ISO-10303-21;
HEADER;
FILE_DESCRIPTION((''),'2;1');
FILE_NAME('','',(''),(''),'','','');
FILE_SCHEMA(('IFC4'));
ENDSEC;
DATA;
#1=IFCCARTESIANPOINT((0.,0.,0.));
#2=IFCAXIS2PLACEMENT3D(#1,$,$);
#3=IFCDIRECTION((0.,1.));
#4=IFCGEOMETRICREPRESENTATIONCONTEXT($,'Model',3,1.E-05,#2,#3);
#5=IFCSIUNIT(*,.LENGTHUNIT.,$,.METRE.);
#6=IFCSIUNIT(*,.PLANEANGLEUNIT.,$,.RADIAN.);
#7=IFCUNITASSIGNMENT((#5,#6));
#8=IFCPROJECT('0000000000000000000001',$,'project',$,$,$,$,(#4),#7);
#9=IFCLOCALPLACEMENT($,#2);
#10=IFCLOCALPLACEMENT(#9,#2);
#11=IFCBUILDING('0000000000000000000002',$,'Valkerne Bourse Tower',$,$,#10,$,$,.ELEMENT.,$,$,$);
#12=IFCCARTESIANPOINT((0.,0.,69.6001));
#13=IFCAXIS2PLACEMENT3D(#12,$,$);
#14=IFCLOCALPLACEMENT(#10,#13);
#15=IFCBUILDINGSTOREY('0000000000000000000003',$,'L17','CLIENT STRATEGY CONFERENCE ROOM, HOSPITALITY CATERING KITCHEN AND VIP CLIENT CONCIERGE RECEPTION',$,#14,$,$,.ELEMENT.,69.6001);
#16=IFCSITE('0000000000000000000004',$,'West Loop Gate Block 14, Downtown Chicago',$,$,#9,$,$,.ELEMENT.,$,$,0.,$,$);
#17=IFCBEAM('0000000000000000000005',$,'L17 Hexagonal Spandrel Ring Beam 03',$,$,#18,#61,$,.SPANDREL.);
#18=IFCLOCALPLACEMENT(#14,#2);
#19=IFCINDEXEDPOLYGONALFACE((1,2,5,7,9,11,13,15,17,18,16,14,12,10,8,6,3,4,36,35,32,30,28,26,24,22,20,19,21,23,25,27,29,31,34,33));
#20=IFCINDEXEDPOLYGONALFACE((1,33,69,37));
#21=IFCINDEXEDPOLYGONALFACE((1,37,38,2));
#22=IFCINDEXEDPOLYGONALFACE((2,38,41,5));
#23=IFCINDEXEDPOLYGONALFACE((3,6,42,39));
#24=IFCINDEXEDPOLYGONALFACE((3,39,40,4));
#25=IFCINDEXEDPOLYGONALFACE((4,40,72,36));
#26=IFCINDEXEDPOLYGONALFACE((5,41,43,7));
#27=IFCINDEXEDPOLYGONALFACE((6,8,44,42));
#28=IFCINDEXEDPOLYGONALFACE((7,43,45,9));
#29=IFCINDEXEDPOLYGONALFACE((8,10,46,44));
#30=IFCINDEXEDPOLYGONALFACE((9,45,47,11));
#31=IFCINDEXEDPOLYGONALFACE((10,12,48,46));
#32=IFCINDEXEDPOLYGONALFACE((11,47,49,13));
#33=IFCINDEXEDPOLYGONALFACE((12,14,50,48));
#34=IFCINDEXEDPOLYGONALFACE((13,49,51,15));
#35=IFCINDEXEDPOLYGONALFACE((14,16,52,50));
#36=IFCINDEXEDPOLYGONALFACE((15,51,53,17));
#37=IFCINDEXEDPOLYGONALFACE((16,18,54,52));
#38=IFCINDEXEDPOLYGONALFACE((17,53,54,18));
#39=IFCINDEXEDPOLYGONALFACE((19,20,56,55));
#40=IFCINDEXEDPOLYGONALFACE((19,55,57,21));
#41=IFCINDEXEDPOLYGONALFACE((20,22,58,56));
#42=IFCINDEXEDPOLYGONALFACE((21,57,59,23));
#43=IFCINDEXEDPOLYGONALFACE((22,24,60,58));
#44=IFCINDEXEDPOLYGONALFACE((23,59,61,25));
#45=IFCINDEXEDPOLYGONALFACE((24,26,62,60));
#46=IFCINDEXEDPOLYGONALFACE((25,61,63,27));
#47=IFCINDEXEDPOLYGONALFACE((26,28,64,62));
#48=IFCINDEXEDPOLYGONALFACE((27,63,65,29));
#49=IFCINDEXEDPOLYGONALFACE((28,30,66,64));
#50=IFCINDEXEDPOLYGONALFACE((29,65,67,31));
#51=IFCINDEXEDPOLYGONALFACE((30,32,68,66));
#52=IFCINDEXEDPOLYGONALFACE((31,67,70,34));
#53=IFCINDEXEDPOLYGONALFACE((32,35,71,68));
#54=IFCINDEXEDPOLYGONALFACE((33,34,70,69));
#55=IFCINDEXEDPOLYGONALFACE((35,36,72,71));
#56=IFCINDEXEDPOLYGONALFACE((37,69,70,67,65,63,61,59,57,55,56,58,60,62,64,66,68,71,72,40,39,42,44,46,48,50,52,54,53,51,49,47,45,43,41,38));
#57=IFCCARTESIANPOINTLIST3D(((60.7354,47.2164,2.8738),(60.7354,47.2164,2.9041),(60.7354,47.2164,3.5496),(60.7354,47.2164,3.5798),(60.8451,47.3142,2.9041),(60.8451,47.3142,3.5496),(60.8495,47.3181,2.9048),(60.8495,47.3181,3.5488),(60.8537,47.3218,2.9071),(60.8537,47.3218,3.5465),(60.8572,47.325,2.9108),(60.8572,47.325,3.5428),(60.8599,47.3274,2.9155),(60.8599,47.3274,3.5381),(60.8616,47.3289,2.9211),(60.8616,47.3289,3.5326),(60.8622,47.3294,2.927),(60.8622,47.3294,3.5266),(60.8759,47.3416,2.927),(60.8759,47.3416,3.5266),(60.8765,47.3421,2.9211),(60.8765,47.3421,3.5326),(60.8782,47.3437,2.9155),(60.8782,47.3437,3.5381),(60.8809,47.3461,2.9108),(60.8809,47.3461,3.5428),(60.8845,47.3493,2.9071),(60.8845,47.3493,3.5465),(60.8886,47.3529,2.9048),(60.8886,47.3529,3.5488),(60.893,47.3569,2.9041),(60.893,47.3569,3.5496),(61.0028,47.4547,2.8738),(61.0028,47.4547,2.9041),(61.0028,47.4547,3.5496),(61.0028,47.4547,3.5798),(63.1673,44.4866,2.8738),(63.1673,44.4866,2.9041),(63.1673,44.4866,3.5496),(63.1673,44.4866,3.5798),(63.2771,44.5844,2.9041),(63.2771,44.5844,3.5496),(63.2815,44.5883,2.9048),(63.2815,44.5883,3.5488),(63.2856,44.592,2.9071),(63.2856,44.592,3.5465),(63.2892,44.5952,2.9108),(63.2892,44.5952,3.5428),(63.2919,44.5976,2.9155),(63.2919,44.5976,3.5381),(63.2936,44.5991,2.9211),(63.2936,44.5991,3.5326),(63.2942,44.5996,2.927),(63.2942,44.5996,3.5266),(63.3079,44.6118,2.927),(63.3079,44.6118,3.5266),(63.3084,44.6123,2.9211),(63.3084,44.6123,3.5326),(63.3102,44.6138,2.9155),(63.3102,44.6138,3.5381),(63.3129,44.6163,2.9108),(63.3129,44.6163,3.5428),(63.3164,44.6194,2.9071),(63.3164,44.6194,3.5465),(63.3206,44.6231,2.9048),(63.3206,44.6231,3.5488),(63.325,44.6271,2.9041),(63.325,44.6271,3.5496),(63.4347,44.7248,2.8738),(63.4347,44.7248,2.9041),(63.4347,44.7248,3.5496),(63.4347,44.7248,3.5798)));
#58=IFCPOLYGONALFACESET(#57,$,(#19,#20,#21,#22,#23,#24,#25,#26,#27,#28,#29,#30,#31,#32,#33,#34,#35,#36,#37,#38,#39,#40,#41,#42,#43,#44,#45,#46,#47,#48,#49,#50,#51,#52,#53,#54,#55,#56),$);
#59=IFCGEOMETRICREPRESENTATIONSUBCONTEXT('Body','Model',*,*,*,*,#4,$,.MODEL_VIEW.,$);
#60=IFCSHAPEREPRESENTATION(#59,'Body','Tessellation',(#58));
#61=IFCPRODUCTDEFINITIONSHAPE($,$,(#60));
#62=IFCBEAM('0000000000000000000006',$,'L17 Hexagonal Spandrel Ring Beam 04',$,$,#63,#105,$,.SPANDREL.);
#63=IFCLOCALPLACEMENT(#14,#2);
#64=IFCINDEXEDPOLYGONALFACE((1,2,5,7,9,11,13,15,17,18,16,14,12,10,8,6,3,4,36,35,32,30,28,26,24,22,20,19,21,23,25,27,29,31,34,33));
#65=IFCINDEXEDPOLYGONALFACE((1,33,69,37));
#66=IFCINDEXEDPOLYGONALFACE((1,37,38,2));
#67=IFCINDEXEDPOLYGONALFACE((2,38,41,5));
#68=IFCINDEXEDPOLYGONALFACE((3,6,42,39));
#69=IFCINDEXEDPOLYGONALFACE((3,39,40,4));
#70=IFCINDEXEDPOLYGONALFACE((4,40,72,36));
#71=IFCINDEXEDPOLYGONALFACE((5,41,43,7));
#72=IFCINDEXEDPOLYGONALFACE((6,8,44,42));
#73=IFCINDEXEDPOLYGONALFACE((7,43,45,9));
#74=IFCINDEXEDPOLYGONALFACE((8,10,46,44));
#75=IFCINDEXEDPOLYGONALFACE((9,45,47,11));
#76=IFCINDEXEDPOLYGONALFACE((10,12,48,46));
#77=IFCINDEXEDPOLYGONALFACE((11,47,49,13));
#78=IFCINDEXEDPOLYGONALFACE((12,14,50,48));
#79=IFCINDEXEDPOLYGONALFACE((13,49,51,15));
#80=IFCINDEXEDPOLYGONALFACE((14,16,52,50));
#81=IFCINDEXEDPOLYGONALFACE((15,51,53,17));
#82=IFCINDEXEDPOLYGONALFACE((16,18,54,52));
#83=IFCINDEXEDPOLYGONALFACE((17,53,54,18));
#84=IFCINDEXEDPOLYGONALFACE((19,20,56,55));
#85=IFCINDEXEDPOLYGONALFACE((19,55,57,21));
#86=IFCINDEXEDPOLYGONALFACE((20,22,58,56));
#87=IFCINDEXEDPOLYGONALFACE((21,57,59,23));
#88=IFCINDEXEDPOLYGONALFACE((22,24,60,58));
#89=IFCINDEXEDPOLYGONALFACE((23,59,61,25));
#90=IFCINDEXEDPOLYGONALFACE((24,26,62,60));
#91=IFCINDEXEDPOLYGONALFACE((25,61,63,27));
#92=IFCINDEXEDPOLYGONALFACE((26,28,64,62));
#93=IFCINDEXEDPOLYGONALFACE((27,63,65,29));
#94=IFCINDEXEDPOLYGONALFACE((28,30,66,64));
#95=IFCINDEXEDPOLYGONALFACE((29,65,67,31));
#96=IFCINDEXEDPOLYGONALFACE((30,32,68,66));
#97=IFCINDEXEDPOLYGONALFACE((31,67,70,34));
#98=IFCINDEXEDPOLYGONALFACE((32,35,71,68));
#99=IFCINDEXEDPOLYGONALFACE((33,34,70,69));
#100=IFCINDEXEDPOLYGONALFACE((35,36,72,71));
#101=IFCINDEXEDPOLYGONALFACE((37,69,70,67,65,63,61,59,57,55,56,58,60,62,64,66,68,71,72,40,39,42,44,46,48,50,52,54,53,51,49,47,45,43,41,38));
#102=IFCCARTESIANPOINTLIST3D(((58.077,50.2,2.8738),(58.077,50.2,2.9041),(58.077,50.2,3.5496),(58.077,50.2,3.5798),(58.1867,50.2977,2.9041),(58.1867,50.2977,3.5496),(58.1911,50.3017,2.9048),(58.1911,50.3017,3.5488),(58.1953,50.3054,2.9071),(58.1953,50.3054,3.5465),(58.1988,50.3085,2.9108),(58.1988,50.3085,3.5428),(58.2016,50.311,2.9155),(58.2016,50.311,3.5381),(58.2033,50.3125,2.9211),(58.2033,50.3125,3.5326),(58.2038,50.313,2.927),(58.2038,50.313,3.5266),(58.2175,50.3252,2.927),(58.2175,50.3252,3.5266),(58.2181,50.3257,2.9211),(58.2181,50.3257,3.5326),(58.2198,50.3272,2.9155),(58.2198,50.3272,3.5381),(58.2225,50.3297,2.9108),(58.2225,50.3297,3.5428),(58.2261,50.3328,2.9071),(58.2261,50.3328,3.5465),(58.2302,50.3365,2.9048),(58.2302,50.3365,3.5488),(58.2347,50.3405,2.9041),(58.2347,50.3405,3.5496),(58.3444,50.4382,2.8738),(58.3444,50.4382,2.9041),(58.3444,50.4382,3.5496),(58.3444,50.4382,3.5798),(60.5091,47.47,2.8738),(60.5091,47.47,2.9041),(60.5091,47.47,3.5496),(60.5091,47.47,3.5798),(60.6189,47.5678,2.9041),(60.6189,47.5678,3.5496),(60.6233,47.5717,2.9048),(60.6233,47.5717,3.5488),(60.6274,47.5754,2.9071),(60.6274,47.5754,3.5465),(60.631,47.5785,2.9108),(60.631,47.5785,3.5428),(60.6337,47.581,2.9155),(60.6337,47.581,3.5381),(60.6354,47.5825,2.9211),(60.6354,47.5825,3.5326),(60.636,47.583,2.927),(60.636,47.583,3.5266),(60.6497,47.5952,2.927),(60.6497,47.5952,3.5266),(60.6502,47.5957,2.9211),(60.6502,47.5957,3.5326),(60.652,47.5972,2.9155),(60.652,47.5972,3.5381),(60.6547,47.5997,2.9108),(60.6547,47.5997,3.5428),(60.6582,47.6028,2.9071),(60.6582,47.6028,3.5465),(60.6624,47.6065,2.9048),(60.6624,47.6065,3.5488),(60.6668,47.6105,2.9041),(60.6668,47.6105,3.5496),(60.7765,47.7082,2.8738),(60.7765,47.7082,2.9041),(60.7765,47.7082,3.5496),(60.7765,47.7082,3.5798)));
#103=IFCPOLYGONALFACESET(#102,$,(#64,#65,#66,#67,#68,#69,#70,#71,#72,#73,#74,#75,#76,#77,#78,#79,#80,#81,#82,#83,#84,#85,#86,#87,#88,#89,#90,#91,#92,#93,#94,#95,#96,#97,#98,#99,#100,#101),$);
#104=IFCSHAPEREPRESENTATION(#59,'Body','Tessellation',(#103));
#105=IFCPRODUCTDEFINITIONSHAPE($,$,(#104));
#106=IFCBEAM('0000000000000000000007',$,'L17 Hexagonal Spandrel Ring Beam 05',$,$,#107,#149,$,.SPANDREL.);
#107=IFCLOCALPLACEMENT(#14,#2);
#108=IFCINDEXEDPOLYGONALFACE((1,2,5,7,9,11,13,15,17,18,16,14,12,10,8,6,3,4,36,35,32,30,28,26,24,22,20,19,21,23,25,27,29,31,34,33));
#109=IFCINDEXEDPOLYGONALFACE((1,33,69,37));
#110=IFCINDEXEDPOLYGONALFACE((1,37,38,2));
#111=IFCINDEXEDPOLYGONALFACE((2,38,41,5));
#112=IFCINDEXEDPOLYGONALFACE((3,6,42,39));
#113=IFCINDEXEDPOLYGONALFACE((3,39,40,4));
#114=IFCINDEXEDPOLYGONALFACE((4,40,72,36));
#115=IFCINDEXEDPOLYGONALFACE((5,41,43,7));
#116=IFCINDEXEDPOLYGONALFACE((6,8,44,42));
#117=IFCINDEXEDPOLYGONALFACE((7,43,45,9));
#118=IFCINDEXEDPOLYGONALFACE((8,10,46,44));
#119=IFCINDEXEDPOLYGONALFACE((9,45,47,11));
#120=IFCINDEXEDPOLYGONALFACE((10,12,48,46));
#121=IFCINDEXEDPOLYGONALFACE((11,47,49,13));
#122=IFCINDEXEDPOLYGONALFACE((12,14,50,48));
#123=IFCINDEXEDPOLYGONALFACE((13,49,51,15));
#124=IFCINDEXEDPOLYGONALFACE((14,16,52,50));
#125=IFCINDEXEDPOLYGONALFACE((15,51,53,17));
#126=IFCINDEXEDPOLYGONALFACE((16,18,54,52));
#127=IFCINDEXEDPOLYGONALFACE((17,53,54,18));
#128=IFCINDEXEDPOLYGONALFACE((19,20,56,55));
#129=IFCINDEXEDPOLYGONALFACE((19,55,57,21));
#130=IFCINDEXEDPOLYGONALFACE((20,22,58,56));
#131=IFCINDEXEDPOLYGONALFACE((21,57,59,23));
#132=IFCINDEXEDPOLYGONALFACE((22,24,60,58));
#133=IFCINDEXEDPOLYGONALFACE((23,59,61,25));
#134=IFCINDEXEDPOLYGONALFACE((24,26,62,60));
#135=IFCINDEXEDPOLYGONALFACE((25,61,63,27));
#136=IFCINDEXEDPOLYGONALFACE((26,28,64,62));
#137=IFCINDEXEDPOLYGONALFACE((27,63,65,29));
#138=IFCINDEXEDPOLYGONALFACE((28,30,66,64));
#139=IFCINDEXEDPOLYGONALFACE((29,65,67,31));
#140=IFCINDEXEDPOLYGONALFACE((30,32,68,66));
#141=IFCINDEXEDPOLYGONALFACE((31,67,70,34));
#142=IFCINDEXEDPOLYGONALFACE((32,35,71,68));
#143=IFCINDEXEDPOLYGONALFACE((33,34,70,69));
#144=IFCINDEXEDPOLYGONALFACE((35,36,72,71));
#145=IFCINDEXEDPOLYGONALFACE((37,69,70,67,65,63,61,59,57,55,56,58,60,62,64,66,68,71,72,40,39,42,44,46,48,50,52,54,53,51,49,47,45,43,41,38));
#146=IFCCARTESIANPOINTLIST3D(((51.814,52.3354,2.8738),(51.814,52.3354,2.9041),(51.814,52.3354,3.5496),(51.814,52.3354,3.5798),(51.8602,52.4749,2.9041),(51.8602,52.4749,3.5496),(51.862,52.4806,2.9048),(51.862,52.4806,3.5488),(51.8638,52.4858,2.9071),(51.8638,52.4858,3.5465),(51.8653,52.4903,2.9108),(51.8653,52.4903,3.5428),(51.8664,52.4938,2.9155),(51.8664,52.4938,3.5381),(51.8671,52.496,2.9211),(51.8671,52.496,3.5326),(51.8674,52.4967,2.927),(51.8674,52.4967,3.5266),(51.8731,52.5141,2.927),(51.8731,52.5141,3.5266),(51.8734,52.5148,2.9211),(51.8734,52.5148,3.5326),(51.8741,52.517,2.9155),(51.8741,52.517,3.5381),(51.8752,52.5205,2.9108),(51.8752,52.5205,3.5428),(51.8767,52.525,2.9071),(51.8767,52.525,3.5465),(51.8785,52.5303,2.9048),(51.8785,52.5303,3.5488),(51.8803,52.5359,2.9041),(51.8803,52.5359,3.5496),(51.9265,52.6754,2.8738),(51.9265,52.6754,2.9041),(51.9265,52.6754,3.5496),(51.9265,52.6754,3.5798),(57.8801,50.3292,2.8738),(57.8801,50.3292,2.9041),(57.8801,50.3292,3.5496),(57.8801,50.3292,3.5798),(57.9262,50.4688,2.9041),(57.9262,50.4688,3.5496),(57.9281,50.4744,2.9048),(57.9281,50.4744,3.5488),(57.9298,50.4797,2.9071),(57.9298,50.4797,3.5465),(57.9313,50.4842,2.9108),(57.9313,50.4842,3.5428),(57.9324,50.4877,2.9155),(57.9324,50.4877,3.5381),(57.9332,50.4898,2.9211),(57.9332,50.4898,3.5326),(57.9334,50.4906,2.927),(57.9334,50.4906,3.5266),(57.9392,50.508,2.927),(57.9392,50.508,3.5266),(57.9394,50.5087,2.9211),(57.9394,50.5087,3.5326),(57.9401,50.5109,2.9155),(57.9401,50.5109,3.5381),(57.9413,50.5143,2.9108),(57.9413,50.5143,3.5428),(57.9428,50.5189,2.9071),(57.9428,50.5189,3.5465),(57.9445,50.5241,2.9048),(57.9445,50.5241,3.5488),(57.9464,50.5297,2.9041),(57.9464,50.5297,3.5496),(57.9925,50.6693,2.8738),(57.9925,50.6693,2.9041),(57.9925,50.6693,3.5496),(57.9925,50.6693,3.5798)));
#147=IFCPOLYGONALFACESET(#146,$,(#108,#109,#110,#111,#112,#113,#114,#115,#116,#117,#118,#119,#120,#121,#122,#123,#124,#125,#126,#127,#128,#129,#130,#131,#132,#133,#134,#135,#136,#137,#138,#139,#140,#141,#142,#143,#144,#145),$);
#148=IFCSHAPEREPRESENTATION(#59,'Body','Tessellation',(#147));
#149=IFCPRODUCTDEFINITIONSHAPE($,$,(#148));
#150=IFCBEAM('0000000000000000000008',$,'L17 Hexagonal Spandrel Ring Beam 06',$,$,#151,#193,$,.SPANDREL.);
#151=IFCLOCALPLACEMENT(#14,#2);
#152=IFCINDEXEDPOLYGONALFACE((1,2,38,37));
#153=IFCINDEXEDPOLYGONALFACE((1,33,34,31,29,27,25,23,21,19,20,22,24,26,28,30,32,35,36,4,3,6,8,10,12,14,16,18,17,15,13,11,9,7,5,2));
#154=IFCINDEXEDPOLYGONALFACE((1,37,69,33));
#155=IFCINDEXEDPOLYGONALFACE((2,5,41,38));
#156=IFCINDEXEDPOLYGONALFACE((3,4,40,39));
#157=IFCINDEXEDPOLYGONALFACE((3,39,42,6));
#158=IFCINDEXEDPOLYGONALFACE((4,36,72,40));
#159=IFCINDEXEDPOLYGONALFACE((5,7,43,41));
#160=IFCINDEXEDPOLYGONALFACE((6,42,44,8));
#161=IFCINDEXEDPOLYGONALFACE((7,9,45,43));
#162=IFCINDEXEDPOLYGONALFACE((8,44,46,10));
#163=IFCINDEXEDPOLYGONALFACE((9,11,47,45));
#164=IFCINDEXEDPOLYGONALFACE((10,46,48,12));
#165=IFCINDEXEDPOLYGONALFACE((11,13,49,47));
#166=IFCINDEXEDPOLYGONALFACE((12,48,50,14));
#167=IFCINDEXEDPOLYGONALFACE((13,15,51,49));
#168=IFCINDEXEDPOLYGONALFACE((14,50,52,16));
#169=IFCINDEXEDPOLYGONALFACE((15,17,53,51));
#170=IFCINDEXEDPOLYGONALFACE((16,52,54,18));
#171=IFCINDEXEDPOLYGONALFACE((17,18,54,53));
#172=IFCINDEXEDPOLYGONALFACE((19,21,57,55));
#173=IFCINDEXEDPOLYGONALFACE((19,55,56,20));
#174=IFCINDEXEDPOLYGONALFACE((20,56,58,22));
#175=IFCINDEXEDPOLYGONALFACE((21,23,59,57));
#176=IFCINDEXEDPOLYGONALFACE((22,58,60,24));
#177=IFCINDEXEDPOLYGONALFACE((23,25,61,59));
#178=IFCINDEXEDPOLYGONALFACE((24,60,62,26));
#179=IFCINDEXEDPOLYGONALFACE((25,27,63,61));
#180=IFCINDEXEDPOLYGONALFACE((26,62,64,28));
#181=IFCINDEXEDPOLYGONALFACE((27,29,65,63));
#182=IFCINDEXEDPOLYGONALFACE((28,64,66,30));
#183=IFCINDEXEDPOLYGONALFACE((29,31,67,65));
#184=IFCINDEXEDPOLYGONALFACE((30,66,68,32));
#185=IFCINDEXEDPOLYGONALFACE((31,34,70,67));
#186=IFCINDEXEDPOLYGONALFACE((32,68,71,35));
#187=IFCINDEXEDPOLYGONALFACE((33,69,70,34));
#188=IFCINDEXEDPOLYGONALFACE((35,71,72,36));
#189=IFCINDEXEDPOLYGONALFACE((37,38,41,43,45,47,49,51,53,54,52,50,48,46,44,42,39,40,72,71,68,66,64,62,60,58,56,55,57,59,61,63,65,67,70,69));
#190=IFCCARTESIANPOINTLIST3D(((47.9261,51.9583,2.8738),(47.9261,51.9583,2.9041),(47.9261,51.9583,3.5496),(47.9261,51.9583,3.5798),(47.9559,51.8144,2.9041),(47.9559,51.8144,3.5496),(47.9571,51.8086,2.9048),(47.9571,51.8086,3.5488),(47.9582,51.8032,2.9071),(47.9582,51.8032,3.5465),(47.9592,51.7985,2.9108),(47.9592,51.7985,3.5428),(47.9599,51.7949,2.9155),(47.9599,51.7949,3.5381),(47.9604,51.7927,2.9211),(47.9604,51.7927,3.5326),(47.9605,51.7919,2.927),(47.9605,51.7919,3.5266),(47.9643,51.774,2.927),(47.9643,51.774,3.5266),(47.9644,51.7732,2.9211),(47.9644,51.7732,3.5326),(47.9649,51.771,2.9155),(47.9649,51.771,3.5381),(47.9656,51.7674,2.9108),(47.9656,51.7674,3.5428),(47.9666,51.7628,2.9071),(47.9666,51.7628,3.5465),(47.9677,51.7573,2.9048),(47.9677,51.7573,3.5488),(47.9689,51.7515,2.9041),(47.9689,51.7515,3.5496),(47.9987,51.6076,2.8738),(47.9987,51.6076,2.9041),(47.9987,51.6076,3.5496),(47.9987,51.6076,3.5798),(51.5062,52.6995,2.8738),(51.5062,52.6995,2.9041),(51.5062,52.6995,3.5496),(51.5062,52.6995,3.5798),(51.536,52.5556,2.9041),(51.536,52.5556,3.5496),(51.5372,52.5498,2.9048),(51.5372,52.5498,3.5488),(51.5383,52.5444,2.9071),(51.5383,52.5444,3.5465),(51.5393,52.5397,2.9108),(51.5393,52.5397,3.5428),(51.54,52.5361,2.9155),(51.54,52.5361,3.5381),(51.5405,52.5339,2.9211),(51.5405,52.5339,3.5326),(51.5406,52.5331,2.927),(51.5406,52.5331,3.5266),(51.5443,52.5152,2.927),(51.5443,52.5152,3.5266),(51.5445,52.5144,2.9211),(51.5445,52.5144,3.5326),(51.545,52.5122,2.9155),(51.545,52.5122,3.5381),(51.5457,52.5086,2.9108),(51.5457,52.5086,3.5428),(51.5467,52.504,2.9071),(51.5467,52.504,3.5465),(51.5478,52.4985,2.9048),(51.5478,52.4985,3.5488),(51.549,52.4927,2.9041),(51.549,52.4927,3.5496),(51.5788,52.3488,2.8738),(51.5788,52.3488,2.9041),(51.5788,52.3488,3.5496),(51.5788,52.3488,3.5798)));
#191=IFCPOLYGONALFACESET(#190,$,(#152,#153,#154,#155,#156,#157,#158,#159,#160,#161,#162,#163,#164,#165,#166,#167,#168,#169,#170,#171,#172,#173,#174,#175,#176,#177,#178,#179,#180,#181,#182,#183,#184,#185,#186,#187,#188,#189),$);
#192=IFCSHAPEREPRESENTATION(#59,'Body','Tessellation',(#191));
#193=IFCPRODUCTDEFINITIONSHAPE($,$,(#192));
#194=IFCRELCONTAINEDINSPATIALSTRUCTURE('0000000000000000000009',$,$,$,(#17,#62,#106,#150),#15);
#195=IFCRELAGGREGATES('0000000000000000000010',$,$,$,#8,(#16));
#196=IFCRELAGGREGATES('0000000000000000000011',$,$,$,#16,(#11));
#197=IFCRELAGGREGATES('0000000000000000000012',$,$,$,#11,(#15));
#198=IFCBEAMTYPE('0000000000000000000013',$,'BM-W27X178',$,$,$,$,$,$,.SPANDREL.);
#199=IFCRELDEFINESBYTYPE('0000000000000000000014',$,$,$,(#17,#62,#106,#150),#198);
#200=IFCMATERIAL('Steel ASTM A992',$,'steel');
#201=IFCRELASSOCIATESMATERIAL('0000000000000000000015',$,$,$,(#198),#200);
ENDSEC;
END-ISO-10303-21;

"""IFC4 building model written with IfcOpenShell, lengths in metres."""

from ifc_helpers import new_model, si_unit, direction, frame, origin, origin_2d, place, context, subcontext, project, spatial, i_section, extrude, material, material_profile, profile_set, type_object, element, save


model = new_model("IFC4")

# Units and contexts
model_context = context("Model", 3, precision=1e-05, world=origin(), true_north=direction((0.0, 1.0)))
body_context = subcontext(model_context, "Body", "Model", "MODEL_VIEW")
ifc_project = project(units=[si_unit("LENGTHUNIT", "METRE"), si_unit("PLANEANGLEUNIT", "RADIAN")], contexts=[model_context])

# Site, building, storey
site_placement = place(None, origin())
site = spatial("IfcSite", under=ifc_project, at=site_placement, Name="West Loop Gate Block 14, Downtown Chicago", CompositionType="ELEMENT", RefElevation=0.0)
building_placement = place(site_placement, origin())
building = spatial("IfcBuilding", under=site, at=building_placement, Name="Valkerne Bourse Tower", CompositionType="ELEMENT")
storey_placement = place(building_placement, frame((0.0, 0.0, 69.6001)))
storey = spatial("IfcBuildingStorey", under=building, at=storey_placement, Name="L17", Description="CLIENT STRATEGY CONFERENCE ROOM, HOSPITALITY CATERING KITCHEN AND VIP CLIENT CONCIERGE RECEPTION", CompositionType="ELEMENT", Elevation=69.6001)

# Beams
ifc_material_1 = material(Name="Steel ASTM A992", Category="steel")
ifc_material_profile_1 = material_profile(ifc_material_1, i_section(OverallWidth=0.3582, OverallDepth=0.7061, WebThickness=0.0183, FlangeThickness=0.0303, FilletRadius=0.0229, at=origin_2d()), Name="W27X178")
ifc_profile_set_1 = profile_set([ifc_material_profile_1], Name="Steel ASTM A992")
beam_type = type_object("IfcBeamType", Name="BM-W27X178", PredefinedType="SPANDREL", material=ifc_profile_set_1)
for number, where, z_axis, x_axis, name in (
    (1, (63.301, 44.6057, 3.2268), (-0.665197, 0.746668, 0.0), (-0.746668, -0.665197, 0.0), "L17 Hexagonal Spandrel Ring Beam 03"),
):
    element("IfcBeam", number, at=place(storey_placement, frame(where, z_axis=z_axis, x_axis=x_axis)), inside=storey, type_object=beam_type, Name=name, PredefinedType="SPANDREL", context=body_context, shape_type="SweptSolid", body=[
        extrude(i_section(OverallWidth=0.3582, OverallDepth=0.7061, WebThickness=0.0183, FlangeThickness=0.0303, FilletRadius=0.0229, at=origin_2d()), origin(), (0.0, 0.0, 1.0), 3.656),
    ])
beam_1_placement = place(storey_placement, frame((60.6428, 47.5891, 3.2268), z_axis=(-0.665201, 0.746665, 0.0), x_axis=(-0.746665, -0.665201, 0.0)))
element("IfcBeam", 2, at=beam_1_placement, inside=storey, type_object=beam_type, Name="L17 Hexagonal Spandrel Ring Beam 04", PredefinedType="SPANDREL", context=body_context, shape_type="SweptSolid", body=[
    extrude(i_section(OverallWidth=0.3582, OverallDepth=0.7061, WebThickness=0.0183, FlangeThickness=0.0303, FilletRadius=0.0229, at=origin_2d()), origin(), (0.0, 0.0, 1.0), 3.6562),
])
beam_2_placement = place(storey_placement, frame((57.9363, 50.4993, 3.2268), z_axis=(-0.949426, 0.313991, 0.0), x_axis=(-0.313991, -0.949426, 0.0)))
element("IfcBeam", 3, at=beam_2_placement, inside=storey, type_object=beam_type, Name="L17 Hexagonal Spandrel Ring Beam 05", PredefinedType="SPANDREL", context=body_context, shape_type="SweptSolid", body=[
    extrude(i_section(OverallWidth=0.3582, OverallDepth=0.7061, WebThickness=0.0183, FlangeThickness=0.0303, FilletRadius=0.0229, at=origin_2d()), origin(), (0.0, 0.0, 1.0), 6.3892),
])
beam_3_placement = place(storey_placement, frame((51.5425, 52.5242, 3.2268), z_axis=(-0.979233, -0.202738, 0.0), x_axis=(0.202738, -0.979233, 0.0)))
element("IfcBeam", 4, at=beam_3_placement, inside=storey, type_object=beam_type, Name="L17 Hexagonal Spandrel Ring Beam 06", PredefinedType="SPANDREL", context=body_context, shape_type="SweptSolid", body=[
    extrude(i_section(OverallWidth=0.3582, OverallDepth=0.7061, WebThickness=0.0183, FlangeThickness=0.0303, FilletRadius=0.0229, at=origin_2d()), origin(), (0.0, 0.0, 1.0), 3.656),
])

save(model, "model.ifc")
